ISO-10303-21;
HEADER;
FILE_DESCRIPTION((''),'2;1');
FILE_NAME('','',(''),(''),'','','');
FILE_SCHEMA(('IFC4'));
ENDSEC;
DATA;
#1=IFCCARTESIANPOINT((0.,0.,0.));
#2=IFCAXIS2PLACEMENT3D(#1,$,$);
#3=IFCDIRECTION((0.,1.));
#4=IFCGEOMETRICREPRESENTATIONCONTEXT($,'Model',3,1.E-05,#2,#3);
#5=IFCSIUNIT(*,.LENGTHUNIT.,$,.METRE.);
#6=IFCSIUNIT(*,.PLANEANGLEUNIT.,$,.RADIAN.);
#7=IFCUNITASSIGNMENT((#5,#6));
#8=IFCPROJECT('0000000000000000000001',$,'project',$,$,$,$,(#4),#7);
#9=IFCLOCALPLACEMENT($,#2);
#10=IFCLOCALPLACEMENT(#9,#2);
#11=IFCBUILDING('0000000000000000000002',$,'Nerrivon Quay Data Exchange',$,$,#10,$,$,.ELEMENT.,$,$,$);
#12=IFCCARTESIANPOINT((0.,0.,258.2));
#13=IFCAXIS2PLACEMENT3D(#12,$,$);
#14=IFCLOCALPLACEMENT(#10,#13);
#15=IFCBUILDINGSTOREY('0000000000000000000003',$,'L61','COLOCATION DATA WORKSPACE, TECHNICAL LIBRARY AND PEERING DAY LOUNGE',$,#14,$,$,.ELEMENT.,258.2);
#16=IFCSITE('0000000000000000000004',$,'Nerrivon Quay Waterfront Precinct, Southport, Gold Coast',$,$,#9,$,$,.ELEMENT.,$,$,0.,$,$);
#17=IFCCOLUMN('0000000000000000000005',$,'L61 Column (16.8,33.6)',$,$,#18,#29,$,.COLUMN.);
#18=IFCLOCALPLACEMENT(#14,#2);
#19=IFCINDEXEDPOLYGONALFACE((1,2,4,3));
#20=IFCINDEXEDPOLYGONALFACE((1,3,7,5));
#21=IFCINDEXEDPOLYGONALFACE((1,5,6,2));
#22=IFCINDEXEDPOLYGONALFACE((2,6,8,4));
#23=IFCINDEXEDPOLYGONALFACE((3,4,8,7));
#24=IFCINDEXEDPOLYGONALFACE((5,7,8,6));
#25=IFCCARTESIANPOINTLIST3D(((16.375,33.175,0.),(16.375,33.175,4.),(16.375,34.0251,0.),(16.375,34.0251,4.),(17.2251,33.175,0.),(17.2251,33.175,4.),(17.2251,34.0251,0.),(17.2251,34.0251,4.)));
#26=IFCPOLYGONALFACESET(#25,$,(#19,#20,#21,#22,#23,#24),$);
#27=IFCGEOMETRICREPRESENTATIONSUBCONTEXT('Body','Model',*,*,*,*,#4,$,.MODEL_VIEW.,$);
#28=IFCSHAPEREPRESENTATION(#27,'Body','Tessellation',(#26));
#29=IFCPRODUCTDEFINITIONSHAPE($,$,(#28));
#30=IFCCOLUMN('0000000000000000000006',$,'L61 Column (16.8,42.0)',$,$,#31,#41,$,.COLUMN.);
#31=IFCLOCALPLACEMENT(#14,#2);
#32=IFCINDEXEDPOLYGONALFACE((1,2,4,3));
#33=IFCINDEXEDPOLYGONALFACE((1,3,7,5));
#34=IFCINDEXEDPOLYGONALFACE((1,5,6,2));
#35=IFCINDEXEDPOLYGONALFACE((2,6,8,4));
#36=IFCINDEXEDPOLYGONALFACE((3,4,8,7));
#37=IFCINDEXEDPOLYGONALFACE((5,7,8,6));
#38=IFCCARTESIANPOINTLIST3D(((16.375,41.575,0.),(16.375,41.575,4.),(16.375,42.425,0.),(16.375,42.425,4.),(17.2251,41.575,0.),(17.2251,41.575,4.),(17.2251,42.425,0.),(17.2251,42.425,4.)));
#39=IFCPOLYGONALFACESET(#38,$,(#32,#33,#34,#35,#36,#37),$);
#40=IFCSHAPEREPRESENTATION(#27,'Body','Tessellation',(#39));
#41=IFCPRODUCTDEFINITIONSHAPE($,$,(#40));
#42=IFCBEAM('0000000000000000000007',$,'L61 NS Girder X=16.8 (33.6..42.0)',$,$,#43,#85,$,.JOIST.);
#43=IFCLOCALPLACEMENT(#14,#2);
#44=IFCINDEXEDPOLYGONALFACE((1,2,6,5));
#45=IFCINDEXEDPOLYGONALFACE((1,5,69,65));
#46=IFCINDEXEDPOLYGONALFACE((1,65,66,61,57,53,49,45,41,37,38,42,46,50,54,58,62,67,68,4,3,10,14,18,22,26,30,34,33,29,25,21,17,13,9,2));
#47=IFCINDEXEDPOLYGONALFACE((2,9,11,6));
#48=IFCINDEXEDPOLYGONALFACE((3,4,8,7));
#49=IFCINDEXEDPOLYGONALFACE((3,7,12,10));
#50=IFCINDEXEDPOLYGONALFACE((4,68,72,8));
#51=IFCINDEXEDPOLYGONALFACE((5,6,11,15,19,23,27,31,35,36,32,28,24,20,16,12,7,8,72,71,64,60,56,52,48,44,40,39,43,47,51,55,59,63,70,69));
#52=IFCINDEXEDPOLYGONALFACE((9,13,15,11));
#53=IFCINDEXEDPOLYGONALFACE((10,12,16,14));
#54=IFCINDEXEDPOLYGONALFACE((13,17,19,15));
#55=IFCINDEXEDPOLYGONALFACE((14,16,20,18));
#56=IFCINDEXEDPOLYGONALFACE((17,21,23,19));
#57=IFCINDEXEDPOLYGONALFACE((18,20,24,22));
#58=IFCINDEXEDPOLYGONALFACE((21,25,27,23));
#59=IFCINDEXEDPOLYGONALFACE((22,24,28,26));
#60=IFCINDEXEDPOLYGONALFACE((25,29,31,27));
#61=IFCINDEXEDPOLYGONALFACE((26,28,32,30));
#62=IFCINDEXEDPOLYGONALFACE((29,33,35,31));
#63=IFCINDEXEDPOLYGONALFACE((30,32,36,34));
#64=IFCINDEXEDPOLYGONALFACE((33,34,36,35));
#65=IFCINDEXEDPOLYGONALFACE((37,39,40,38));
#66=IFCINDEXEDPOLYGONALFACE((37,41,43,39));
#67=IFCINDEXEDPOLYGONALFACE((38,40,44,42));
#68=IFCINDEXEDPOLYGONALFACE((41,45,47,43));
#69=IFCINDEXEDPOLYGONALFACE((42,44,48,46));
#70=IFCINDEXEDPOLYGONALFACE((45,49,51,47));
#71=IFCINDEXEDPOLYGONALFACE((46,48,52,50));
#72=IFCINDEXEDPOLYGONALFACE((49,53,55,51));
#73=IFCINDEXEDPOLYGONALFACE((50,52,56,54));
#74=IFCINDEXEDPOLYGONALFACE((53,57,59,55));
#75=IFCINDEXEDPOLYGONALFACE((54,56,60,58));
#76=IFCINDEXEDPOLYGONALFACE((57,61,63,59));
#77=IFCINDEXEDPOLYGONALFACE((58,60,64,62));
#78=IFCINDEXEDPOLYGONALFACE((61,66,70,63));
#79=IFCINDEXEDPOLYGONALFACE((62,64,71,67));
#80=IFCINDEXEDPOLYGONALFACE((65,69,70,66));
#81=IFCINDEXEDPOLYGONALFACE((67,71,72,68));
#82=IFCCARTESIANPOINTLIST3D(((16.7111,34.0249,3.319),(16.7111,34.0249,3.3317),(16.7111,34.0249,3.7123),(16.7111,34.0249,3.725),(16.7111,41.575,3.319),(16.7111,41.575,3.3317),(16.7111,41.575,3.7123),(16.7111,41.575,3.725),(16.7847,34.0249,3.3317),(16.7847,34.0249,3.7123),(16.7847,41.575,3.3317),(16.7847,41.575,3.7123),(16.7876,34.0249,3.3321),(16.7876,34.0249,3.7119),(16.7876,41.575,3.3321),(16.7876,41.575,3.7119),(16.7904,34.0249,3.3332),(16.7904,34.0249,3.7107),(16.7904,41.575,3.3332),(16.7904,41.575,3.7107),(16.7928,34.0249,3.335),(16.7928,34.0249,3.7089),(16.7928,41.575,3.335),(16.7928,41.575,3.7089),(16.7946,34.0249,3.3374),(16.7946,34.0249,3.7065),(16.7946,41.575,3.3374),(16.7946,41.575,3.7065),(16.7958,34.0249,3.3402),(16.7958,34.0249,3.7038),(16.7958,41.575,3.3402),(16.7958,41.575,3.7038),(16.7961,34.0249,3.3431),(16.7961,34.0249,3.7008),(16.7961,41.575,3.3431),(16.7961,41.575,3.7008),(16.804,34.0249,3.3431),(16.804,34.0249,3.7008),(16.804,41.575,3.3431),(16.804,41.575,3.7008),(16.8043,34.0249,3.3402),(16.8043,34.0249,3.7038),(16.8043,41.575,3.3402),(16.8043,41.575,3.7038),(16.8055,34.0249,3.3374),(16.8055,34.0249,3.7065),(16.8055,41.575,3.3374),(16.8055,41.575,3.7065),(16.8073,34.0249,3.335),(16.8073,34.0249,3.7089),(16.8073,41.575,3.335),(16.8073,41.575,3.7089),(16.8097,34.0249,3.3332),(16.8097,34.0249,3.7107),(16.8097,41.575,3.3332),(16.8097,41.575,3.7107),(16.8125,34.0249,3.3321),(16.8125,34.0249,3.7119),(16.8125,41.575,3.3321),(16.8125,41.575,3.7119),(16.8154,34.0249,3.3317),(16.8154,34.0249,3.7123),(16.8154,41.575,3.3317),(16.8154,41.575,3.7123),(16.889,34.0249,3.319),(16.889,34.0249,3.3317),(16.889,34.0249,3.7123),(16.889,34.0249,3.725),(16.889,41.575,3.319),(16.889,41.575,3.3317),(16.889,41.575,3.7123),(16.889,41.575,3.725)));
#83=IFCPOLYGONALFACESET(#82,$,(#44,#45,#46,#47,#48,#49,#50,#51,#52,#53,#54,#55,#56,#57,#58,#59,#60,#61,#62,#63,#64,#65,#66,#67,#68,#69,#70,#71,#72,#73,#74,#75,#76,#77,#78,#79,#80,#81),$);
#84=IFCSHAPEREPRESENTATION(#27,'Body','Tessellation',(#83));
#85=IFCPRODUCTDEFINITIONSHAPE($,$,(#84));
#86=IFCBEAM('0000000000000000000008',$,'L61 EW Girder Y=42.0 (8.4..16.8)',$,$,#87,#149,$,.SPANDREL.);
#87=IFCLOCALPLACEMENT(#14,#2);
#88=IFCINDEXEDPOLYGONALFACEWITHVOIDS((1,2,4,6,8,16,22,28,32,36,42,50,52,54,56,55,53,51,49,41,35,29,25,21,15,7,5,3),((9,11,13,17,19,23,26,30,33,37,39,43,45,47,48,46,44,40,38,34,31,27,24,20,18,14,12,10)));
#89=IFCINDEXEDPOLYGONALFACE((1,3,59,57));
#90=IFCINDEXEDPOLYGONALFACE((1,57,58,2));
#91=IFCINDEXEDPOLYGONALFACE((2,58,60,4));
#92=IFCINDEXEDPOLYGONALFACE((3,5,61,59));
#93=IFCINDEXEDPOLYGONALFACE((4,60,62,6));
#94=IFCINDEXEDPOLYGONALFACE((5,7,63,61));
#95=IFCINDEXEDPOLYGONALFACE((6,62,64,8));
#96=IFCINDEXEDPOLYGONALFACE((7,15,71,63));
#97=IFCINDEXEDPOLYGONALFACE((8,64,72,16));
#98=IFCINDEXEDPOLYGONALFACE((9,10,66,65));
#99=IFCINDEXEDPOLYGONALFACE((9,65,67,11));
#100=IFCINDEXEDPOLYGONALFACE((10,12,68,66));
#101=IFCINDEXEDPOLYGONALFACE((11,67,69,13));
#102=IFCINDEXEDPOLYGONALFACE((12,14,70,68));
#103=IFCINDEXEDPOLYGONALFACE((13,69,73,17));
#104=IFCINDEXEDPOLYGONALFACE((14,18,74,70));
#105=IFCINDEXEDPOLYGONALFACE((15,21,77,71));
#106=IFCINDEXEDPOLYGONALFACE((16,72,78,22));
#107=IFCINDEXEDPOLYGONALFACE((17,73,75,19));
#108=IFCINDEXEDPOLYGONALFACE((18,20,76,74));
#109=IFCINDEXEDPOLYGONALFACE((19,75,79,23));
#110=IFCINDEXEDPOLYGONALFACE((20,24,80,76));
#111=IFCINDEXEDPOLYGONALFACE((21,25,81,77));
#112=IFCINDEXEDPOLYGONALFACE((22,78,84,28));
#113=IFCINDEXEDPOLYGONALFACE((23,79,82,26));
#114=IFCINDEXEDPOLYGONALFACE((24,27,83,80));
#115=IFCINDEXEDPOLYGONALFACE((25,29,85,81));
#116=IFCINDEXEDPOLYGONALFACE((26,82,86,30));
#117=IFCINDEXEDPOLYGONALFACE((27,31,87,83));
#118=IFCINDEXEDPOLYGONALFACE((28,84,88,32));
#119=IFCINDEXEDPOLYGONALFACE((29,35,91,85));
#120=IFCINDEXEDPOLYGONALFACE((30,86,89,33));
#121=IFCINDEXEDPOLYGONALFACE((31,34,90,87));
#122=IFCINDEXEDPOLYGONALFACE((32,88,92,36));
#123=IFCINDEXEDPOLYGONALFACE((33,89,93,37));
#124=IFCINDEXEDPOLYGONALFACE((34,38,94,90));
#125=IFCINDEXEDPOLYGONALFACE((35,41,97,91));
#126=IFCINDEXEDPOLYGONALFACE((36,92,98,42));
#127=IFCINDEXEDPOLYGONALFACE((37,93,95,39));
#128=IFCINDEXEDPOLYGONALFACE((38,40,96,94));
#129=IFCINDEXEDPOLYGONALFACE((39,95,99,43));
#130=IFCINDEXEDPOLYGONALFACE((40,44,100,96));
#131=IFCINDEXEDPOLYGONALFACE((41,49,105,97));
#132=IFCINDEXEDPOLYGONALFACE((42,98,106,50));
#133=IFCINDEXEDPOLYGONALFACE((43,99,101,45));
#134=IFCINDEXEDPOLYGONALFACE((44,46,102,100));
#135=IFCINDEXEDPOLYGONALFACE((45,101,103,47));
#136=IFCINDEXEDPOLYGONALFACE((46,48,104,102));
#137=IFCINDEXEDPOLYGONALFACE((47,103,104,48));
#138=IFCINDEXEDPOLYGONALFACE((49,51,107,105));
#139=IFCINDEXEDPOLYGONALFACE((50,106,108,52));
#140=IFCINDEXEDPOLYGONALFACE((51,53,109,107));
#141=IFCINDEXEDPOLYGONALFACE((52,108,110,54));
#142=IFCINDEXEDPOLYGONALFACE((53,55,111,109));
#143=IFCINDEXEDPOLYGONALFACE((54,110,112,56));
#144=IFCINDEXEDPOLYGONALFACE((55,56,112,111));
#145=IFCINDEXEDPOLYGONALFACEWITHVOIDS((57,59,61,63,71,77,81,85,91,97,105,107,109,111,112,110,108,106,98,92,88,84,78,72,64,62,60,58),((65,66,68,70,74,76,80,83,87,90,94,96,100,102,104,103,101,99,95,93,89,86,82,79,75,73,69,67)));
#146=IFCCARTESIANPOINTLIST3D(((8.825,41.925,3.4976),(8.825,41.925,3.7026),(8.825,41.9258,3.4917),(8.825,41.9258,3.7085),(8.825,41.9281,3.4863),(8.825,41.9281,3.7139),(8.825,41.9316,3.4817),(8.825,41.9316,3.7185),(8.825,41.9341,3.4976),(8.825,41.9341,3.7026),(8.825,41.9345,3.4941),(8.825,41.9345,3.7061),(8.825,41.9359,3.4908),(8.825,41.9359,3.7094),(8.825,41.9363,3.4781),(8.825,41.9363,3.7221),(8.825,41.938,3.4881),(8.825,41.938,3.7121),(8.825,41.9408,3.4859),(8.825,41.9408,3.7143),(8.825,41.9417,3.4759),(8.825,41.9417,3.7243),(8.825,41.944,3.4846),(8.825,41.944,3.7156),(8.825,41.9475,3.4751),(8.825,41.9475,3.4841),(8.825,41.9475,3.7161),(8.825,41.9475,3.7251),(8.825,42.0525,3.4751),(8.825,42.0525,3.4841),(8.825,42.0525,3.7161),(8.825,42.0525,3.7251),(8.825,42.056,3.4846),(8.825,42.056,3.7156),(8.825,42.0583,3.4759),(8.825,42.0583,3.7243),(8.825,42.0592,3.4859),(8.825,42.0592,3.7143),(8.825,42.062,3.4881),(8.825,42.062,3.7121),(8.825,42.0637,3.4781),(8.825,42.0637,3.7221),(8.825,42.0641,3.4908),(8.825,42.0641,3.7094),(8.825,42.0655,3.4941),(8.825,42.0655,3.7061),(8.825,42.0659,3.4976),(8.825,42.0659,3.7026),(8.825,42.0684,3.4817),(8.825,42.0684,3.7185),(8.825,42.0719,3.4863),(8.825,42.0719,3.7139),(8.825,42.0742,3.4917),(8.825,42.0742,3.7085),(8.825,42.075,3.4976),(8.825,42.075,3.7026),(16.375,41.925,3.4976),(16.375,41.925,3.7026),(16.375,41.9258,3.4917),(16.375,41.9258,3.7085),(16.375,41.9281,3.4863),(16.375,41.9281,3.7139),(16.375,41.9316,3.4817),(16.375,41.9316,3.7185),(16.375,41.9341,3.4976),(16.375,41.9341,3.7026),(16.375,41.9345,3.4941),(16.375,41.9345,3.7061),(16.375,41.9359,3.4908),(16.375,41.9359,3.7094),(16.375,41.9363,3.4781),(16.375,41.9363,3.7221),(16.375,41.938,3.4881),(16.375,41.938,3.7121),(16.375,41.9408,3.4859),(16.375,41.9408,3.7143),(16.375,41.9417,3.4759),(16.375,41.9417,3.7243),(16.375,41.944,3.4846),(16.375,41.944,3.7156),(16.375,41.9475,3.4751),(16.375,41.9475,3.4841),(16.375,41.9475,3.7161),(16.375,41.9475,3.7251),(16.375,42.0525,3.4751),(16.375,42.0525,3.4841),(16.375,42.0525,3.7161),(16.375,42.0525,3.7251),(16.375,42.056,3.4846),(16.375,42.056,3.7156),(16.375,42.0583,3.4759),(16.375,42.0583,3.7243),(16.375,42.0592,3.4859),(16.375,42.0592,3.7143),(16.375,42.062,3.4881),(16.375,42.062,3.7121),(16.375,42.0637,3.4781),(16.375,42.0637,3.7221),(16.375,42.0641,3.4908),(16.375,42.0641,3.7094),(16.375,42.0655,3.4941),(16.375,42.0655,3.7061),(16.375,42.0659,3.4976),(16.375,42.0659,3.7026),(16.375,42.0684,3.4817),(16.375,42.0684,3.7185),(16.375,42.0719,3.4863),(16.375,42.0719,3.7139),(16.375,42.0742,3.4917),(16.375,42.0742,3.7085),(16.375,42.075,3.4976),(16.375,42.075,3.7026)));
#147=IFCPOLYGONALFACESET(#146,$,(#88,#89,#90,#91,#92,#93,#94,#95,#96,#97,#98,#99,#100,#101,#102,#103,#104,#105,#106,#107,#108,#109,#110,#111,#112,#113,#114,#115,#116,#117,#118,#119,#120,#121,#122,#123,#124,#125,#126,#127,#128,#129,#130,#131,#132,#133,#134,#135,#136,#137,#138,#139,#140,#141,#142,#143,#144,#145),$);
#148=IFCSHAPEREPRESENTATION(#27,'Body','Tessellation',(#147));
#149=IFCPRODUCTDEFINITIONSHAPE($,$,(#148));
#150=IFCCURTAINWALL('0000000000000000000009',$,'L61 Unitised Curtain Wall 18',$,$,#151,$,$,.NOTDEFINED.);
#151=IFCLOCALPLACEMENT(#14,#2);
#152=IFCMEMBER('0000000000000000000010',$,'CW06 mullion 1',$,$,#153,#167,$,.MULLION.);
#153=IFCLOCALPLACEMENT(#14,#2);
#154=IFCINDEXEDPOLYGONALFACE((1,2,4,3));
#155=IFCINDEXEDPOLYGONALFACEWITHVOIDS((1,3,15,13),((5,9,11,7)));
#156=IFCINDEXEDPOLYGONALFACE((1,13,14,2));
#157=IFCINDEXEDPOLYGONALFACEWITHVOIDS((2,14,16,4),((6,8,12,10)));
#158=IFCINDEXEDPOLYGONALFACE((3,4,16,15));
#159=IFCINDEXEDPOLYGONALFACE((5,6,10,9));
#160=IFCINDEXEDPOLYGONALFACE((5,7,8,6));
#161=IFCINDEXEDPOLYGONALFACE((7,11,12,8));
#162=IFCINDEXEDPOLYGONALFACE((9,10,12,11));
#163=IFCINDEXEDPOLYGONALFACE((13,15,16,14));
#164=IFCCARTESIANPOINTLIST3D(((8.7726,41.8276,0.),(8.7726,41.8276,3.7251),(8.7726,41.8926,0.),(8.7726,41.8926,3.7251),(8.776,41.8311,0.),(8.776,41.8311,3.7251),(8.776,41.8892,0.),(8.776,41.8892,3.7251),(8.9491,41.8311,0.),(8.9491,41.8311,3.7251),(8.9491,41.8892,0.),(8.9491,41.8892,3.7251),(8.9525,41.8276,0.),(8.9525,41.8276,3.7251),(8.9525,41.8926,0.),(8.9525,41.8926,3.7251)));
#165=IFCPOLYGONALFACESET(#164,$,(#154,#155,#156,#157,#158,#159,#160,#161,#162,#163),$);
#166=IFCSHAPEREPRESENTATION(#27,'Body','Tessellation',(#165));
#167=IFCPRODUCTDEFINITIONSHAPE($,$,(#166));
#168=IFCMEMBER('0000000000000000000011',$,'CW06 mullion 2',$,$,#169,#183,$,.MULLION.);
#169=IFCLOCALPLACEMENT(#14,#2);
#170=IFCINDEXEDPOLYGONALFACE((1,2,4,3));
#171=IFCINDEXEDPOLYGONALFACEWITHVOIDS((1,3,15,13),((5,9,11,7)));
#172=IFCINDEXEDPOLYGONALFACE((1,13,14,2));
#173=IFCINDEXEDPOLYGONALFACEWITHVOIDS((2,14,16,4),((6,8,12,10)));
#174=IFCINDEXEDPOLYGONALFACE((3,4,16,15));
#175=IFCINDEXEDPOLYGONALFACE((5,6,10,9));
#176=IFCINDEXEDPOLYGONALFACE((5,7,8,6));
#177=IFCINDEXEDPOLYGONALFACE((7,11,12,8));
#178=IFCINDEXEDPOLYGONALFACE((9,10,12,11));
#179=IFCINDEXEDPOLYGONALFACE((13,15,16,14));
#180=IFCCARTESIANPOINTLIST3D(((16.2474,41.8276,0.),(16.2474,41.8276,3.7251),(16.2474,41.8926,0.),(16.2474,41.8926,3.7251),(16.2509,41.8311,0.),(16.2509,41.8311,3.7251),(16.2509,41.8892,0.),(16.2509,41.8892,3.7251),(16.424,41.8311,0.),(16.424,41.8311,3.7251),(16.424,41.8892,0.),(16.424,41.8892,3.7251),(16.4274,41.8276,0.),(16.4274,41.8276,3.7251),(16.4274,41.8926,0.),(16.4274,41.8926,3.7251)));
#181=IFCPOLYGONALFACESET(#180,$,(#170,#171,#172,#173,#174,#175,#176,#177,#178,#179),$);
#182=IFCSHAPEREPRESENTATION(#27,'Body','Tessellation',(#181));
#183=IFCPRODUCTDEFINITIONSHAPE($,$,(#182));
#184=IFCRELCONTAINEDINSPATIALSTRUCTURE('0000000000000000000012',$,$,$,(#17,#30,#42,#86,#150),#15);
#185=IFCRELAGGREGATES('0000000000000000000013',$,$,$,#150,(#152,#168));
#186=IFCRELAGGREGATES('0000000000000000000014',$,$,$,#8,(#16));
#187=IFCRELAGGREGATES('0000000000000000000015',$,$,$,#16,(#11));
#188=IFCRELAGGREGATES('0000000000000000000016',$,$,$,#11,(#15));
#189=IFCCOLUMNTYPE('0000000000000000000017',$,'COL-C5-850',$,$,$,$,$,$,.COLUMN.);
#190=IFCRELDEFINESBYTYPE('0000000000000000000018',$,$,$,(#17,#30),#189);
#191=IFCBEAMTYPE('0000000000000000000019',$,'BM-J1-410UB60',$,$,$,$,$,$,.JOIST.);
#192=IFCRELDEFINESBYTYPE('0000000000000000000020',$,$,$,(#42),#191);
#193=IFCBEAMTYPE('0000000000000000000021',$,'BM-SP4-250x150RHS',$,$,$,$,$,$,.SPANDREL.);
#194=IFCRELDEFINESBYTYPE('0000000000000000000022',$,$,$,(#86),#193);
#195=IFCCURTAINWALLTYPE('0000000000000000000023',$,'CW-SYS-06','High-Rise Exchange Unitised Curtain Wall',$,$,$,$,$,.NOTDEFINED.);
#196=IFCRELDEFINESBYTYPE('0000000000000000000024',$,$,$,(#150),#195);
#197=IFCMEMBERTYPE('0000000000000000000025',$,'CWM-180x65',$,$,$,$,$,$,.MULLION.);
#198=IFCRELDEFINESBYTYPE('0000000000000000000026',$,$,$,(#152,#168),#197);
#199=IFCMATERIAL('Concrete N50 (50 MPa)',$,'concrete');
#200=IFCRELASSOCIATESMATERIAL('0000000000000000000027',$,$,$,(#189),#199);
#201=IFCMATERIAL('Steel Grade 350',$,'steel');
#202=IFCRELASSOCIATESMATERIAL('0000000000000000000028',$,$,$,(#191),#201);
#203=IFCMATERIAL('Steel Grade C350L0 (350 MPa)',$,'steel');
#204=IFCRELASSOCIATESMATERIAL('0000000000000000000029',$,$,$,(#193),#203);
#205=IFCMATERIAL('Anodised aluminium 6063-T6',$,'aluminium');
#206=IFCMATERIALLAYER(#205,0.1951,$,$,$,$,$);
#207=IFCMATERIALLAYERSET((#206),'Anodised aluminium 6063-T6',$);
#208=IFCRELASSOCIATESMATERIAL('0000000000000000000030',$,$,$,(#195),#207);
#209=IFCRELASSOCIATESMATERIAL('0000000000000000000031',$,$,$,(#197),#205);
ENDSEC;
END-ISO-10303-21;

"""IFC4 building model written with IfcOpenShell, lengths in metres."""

from ifc_helpers import new_model, si_unit, direction, frame, origin, origin_2d, place, context, subcontext, project, spatial, rectangle, hollow_rectangle, i_section, extrude, material, layer, layer_set, material_profile, profile_set, type_object, element, aggregate, save


model = new_model("IFC4")

# Units and contexts
model_context = context("Model", 3, precision=1e-05, world=origin(), true_north=direction((0.0, 1.0)))
body_context = subcontext(model_context, "Body", "Model", "MODEL_VIEW")
ifc_project = project(units=[si_unit("LENGTHUNIT", "METRE"), si_unit("PLANEANGLEUNIT", "RADIAN")], contexts=[model_context])

# Site, building, storey
site_placement = place(None, origin())
site = spatial("IfcSite", under=ifc_project, at=site_placement, Name="Nerrivon Quay Waterfront Precinct, Southport, Gold Coast", CompositionType="ELEMENT", RefElevation=0.0)
building_placement = place(site_placement, origin())
building = spatial("IfcBuilding", under=site, at=building_placement, Name="Nerrivon Quay Data Exchange", CompositionType="ELEMENT")
storey_placement = place(building_placement, frame((0.0, 0.0, 258.2)))
storey = spatial("IfcBuildingStorey", under=building, at=storey_placement, Name="L61", Description="COLOCATION DATA WORKSPACE, TECHNICAL LIBRARY AND PEERING DAY LOUNGE", CompositionType="ELEMENT", Elevation=258.2)

# Columns
ifc_material_1 = material(Name="Concrete N50 (50 MPa)", Category="concrete")
ifc_material_profile_1 = material_profile(ifc_material_1, rectangle(XDim=0.8501, YDim=0.8501, at=origin_2d()), Name="RC-COL-850x850")
ifc_profile_set_1 = profile_set([ifc_material_profile_1], Name="Concrete N50 (50 MPa)")
column_type = type_object("IfcColumnType", Name="COL-C5-850", PredefinedType="COLUMN", material=ifc_profile_set_1)
for number, where, z_axis, x_axis, name in (
    (1, (16.8, 33.6001, 0.0), (0.0, 0.0, 1.0), (1.0, 0.0, 0.0), "L61 Column (16.8,33.6)"),
    (2, (16.8, 42.0, 0.0), (0.0, 0.0, 1.0), (1.0, 0.0, 0.0), "L61 Column (16.8,42.0)"),
):
    element("IfcColumn", number, at=place(storey_placement, frame(where, z_axis=z_axis, x_axis=x_axis)), inside=storey, type_object=column_type, Name=name, PredefinedType="COLUMN", context=body_context, shape_type="SweptSolid", body=[
        extrude(rectangle(XDim=0.8501, YDim=0.8501, at=origin_2d()), origin(), (0.0, 0.0, 1.0), 4.0),
    ])

# Beams
ifc_material_2 = material(Name="Steel Grade 350", Category="steel")
ifc_material_profile_2 = material_profile(ifc_material_2, i_section(OverallWidth=0.178, OverallDepth=0.406, WebThickness=0.0078, FlangeThickness=0.0127, FilletRadius=0.0115, at=origin_2d()), Name="410UB59.7")
ifc_profile_set_2 = profile_set([ifc_material_profile_2], Name="Steel Grade 350")
beam_type_1 = type_object("IfcBeamType", Name="BM-J1-410UB60", PredefinedType="JOIST", material=ifc_profile_set_2)
beam_1_placement = place(storey_placement, frame((16.8, 34.0249, 3.522), z_axis=(0.0, 1.0, 0.0), x_axis=(-1.0, 0.0, 0.0)))
element("IfcBeam", 3, at=beam_1_placement, inside=storey, type_object=beam_type_1, Name="L61 NS Girder X=16.8 (33.6..42.0)", PredefinedType="JOIST", context=body_context, shape_type="SweptSolid", body=[
    extrude(i_section(OverallWidth=0.178, OverallDepth=0.406, WebThickness=0.0078, FlangeThickness=0.0127, FilletRadius=0.0115, at=origin_2d()), origin(), (0.0, 0.0, 1.0), 7.55),
])
ifc_material_3 = material(Name="Steel Grade C350L0 (350 MPa)", Category="steel")
ifc_material_profile_3 = material_profile(ifc_material_3, hollow_rectangle(XDim=0.1499, YDim=0.25, WallThickness=0.009, InnerFilletRadius=0.0134, OuterFilletRadius=0.0225, at=origin_2d()), Name="250x150x9.0RHS")
ifc_profile_set_3 = profile_set([ifc_material_profile_3], Name="Steel Grade C350L0 (350 MPa)")
beam_type_2 = type_object("IfcBeamType", Name="BM-SP4-250x150RHS", PredefinedType="SPANDREL", material=ifc_profile_set_3)
beam_2_placement = place(storey_placement, frame((8.825, 42.0, 3.6001), z_axis=(1.0, 0.0, 0.0), x_axis=(0.0, 1.0, 0.0)))
element("IfcBeam", 4, at=beam_2_placement, inside=storey, type_object=beam_type_2, Name="L61 EW Girder Y=42.0 (8.4..16.8)", PredefinedType="SPANDREL", context=body_context, shape_type="SweptSolid", body=[
    extrude(hollow_rectangle(XDim=0.1499, YDim=0.25, WallThickness=0.009, InnerFilletRadius=0.0134, OuterFilletRadius=0.0225, at=origin_2d()), origin(), (0.0, 0.0, 1.0), 7.55),
])

# Curtain wall, members
ifc_material_4 = material(Name="Anodised aluminium 6063-T6", Category="aluminium")
ifc_layer_1 = layer(ifc_material_4, 0.1951)
ifc_layer_set_1 = layer_set([ifc_layer_1], Name="Anodised aluminium 6063-T6")
curtain_wall_type = type_object("IfcCurtainWallType", Name="CW-SYS-06", Description="High-Rise Exchange Unitised Curtain Wall", PredefinedType="NOTDEFINED", material=ifc_layer_set_1)
curtain_wall_placement = place(storey_placement, origin())
curtain_wall = element("IfcCurtainWall", 5, at=curtain_wall_placement, inside=storey, type_object=curtain_wall_type, Name="L61 Unitised Curtain Wall 18", PredefinedType="NOTDEFINED")
ifc_material_profile_4 = material_profile(ifc_material_4, hollow_rectangle(XDim=0.0649, YDim=0.1799, WallThickness=0.0034, at=origin_2d()), Name="ALU-MULL-180x65")
ifc_profile_set_4 = profile_set([ifc_material_profile_4], Name="Anodised aluminium 6063-T6")
member_type_1 = type_object("IfcMemberType", Name="CWM-180x65", PredefinedType="MULLION", material=ifc_profile_set_4)
member_1_placement = place(storey_placement, frame((8.8625, 41.8601, 0.0), z_axis=(0.0, 0.0, 1.0), x_axis=(0.0, 1.0, 0.0)))
member_1 = element("IfcMember", 6, at=member_1_placement, type_object=member_type_1, Name="CW06 mullion 1", PredefinedType="MULLION", context=body_context, shape_type="SweptSolid", body=[
    extrude(hollow_rectangle(XDim=0.0649, YDim=0.1799, WallThickness=0.0034, at=origin_2d()), origin(), (0.0, 0.0, 1.0), 3.7251),
])
member_2_placement = place(storey_placement, frame((16.3374, 41.8601, 0.0), z_axis=(0.0, 0.0, 1.0), x_axis=(0.0, 1.0, 0.0)))
member_2 = element("IfcMember", 7, at=member_2_placement, type_object=member_type_1, Name="CW06 mullion 2", PredefinedType="MULLION", context=body_context, shape_type="SweptSolid", body=[
    extrude(hollow_rectangle(XDim=0.0649, YDim=0.1799, WallThickness=0.0034, at=origin_2d()), origin(), (0.0, 0.0, 1.0), 3.7251),
])
aggregate(curtain_wall, [member_1, member_2])

save(model, "model.ifc")
